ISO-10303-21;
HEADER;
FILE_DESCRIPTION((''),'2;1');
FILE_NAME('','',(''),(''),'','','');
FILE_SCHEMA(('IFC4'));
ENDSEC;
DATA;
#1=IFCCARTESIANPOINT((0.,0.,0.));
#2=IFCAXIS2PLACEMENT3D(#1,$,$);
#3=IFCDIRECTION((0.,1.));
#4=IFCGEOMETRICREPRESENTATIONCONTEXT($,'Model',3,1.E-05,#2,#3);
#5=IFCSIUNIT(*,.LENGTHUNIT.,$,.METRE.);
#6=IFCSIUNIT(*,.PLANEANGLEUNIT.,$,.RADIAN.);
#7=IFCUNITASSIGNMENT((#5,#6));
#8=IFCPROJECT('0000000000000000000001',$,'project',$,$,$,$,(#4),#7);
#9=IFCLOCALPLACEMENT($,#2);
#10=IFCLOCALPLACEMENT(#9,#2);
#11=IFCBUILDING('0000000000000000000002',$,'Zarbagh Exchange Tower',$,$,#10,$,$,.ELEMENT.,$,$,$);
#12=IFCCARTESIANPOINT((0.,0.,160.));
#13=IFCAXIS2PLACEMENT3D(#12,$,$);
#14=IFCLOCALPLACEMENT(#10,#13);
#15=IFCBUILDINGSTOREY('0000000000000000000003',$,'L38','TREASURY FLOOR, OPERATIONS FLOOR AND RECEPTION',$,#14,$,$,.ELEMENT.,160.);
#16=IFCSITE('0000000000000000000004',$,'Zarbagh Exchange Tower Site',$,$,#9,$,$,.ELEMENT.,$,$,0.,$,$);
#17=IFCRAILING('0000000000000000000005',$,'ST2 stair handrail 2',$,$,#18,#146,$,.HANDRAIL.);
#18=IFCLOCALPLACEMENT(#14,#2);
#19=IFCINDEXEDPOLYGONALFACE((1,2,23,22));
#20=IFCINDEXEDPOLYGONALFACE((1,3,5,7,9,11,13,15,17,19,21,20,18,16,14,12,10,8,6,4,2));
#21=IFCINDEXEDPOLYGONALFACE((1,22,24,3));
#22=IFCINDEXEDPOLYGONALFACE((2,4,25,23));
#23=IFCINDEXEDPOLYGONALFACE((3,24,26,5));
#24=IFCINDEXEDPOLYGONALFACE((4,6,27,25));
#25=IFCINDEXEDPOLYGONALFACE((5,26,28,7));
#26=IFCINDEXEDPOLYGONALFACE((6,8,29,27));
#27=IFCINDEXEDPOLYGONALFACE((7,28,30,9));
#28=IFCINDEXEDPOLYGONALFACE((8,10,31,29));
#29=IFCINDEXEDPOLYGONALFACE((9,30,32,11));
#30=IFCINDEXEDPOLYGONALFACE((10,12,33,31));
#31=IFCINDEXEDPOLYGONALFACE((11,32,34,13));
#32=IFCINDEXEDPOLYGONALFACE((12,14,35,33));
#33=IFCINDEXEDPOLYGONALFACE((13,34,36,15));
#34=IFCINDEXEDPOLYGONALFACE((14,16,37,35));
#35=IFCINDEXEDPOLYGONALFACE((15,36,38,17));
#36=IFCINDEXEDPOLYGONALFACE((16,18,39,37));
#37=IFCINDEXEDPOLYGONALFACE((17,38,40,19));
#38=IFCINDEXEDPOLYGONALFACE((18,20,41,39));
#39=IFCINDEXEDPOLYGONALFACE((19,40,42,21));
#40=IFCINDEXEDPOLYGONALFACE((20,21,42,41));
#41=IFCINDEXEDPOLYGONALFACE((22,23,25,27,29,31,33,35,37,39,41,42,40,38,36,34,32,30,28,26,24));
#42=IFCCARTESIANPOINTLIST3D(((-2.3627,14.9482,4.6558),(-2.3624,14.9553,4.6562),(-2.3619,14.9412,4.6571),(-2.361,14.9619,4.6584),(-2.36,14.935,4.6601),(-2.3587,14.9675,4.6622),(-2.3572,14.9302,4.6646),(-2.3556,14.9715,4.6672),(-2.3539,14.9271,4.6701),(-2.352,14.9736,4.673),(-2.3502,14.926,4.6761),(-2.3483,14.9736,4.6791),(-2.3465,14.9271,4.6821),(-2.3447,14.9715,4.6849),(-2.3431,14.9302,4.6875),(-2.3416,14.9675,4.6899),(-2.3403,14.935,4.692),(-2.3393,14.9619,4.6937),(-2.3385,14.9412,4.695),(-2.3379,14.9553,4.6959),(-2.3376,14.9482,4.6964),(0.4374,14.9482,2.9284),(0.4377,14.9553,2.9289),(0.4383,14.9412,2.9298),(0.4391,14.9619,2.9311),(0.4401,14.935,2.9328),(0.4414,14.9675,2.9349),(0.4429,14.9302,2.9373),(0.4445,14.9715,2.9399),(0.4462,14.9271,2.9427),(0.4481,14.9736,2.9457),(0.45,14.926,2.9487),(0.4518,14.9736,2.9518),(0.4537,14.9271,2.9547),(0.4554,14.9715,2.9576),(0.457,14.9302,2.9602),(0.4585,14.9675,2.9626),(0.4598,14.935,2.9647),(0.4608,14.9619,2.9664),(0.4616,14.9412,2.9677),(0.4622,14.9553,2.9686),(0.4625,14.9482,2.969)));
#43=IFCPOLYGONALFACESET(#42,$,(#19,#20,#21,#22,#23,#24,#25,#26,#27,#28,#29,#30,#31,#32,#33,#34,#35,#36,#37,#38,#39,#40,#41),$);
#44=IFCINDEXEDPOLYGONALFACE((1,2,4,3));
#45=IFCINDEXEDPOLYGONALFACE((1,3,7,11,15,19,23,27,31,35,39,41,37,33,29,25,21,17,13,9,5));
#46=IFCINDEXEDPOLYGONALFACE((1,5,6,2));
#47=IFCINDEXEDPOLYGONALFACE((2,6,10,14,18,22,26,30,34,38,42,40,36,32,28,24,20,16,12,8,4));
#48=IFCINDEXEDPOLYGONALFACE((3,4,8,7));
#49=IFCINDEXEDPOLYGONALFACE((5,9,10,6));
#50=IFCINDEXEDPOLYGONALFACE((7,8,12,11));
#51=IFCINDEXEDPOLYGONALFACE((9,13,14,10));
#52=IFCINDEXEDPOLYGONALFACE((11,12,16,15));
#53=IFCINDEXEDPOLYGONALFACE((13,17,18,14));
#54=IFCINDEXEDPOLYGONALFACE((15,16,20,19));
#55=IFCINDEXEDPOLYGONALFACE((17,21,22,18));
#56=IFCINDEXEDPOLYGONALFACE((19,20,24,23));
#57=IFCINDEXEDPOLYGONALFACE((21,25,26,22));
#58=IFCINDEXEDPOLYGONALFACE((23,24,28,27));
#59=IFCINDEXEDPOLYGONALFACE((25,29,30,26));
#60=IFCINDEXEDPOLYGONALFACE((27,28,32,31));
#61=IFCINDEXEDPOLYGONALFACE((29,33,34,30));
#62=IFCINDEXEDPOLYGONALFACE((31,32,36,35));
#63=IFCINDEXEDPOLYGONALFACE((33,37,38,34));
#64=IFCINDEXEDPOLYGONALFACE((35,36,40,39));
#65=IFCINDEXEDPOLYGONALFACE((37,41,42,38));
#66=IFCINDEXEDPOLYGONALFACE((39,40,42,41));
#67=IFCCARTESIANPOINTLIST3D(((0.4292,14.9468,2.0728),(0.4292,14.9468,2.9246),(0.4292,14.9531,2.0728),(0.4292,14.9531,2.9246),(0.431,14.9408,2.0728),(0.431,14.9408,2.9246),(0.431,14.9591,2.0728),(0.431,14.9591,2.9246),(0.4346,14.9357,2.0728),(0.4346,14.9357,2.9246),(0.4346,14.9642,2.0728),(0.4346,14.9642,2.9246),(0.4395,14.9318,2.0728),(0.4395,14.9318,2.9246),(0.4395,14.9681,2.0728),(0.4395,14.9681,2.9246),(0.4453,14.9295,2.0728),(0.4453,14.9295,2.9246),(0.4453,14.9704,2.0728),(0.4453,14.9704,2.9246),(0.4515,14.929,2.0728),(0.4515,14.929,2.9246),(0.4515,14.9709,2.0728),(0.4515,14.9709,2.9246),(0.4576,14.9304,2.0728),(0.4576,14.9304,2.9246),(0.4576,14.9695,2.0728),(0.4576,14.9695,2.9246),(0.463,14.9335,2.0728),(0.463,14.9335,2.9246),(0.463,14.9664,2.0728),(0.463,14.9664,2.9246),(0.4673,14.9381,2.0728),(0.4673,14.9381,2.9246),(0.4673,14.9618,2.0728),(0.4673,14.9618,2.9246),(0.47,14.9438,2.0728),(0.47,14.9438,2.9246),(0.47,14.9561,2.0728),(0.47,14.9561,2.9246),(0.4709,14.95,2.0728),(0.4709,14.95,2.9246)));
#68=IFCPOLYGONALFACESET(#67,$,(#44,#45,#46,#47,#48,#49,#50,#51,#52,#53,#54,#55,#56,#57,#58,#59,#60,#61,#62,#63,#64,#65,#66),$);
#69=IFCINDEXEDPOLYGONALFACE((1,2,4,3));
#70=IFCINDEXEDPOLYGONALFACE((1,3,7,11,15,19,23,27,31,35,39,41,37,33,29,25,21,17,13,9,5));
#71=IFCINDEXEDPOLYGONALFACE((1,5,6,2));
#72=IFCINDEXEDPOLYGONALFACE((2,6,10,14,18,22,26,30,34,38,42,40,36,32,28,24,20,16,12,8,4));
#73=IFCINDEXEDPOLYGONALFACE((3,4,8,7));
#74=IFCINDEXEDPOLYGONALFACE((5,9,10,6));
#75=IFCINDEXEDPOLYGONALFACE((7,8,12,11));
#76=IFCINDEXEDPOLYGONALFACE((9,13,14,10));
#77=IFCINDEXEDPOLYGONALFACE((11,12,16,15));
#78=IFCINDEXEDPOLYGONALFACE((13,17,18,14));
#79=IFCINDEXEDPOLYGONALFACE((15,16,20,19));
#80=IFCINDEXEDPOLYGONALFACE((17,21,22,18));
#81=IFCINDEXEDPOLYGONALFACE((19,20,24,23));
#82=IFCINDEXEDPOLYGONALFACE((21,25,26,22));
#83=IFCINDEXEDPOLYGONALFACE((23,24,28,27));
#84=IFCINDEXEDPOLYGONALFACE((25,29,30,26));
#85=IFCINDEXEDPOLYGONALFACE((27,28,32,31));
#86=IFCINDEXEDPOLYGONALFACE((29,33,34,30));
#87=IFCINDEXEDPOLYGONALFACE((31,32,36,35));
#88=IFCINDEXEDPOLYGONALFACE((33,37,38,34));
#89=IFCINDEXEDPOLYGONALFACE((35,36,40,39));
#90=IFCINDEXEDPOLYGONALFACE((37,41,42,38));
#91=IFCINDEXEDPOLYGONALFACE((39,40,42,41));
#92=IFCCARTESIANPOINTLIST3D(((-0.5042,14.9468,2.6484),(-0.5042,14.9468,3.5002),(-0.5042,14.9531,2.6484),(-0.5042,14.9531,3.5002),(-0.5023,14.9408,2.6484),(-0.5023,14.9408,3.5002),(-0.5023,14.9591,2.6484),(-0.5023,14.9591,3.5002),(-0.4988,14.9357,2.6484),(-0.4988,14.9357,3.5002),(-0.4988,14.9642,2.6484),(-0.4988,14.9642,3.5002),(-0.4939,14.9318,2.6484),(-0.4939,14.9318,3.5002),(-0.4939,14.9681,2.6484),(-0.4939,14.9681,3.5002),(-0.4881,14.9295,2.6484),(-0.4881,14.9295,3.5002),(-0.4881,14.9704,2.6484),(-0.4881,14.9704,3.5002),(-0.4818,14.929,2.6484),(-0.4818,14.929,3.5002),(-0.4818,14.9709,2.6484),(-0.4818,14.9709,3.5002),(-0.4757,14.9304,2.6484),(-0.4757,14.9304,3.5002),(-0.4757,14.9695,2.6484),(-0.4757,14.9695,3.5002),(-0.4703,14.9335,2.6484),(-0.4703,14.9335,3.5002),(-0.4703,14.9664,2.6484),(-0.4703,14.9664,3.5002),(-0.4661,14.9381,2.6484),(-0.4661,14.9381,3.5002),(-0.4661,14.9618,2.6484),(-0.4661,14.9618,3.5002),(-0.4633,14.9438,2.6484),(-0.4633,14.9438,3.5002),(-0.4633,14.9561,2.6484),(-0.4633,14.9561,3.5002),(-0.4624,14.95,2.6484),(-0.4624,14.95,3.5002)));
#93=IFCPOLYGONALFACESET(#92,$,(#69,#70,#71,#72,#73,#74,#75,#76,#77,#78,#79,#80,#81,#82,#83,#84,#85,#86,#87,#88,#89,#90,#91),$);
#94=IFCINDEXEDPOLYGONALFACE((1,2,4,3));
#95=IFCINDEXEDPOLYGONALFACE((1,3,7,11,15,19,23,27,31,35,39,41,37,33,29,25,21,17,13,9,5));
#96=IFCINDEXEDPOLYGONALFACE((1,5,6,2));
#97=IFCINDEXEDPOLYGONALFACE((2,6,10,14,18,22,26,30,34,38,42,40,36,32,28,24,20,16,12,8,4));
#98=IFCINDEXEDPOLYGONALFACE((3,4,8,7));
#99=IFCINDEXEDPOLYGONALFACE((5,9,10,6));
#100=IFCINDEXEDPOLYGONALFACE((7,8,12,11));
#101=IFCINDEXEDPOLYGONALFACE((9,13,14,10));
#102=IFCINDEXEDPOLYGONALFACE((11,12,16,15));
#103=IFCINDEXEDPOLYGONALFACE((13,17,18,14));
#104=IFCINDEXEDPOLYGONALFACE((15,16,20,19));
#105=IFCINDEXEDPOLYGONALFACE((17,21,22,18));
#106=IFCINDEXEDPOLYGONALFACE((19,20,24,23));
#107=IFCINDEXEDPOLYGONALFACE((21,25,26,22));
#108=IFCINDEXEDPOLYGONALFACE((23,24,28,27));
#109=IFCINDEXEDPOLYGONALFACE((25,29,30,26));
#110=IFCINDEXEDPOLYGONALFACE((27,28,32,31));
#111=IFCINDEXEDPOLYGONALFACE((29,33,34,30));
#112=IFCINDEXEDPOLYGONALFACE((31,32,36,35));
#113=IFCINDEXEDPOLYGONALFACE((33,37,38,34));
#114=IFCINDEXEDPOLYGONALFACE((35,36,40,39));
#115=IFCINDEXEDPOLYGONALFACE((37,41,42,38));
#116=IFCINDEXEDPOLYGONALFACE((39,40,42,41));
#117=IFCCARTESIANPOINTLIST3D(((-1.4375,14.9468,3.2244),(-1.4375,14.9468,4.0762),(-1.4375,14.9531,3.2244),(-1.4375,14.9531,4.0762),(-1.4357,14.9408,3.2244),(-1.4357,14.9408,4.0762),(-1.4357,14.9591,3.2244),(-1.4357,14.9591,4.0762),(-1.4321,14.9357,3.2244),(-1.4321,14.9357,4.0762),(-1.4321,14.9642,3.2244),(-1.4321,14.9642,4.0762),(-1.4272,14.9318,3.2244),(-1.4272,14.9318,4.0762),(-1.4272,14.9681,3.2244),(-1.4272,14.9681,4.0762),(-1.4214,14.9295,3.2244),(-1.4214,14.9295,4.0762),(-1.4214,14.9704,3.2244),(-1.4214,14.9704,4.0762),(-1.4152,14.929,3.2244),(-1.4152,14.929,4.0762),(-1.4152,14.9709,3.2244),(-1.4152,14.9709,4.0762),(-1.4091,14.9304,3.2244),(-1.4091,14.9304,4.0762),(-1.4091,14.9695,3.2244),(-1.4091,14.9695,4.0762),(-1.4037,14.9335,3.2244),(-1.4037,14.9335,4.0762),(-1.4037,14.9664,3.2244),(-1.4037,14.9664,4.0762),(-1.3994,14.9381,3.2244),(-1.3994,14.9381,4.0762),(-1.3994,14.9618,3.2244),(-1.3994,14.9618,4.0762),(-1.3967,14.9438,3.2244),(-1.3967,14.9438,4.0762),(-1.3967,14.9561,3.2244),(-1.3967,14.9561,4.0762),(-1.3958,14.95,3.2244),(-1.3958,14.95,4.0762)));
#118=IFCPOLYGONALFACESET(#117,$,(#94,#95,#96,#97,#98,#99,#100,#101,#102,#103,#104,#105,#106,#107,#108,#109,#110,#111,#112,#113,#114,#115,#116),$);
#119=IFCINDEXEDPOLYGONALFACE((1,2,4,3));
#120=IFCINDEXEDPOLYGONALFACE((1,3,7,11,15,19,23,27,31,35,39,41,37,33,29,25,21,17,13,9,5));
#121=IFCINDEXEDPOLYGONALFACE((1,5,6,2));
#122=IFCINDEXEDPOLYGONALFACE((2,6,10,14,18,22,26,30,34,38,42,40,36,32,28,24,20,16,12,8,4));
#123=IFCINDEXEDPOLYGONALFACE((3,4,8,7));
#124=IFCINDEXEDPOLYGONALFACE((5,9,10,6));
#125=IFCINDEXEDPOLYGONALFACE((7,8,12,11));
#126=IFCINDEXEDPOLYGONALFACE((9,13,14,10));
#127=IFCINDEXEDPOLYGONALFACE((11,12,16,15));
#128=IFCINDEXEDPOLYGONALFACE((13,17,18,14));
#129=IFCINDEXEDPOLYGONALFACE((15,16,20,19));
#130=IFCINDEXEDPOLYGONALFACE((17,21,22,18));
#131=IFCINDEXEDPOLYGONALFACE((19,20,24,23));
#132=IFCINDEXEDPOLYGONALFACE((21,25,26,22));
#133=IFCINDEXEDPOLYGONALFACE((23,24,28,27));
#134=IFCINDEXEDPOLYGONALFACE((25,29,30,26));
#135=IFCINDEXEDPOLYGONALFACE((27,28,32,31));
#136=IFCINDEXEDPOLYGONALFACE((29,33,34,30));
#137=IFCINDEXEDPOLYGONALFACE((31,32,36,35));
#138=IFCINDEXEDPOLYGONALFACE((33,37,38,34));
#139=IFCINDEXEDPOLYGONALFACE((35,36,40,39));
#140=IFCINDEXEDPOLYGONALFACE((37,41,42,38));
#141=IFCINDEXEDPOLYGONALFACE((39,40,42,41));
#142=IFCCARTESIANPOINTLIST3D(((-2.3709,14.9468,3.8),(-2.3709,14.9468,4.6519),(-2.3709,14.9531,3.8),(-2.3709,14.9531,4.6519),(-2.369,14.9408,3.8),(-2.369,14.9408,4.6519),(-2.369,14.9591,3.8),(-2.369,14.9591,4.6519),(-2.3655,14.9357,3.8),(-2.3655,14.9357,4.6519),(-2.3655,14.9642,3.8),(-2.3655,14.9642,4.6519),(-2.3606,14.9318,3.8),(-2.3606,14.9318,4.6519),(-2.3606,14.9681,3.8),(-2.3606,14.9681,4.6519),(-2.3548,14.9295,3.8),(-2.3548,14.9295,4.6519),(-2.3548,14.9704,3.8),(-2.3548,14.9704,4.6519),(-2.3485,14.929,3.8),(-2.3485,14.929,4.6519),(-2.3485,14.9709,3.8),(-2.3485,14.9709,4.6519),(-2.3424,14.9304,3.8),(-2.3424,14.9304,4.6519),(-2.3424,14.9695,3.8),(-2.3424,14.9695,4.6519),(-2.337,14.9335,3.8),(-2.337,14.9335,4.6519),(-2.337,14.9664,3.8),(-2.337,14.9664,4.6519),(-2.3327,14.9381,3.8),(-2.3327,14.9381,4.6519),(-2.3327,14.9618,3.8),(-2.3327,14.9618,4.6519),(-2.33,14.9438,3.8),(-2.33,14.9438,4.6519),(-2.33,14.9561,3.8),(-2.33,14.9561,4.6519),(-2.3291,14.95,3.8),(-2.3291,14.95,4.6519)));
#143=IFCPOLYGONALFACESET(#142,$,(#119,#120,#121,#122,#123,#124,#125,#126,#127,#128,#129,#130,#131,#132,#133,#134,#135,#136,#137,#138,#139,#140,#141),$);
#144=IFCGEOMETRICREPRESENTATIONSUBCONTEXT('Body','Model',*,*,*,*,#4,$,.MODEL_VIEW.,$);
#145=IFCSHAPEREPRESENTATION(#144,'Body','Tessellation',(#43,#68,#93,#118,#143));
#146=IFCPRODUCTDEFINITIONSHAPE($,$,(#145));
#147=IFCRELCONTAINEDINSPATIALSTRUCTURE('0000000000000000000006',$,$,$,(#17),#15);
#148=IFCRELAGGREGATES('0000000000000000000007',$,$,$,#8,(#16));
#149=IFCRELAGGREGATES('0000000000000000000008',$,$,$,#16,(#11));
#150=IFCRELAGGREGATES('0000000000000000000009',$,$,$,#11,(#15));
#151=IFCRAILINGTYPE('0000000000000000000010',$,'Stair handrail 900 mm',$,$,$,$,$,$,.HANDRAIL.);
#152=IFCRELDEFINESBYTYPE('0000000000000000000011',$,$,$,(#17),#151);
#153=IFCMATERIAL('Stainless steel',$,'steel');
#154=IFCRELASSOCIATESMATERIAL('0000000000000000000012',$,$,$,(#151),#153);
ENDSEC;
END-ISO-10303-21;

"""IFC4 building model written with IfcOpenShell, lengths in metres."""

from ifc_helpers import new_model, si_unit, direction, frame, origin, origin_2d, place, context, subcontext, project, spatial, circle, extrude, material, type_object, element, save


model = new_model("IFC4")

# Units and contexts
model_context = context("Model", 3, precision=1e-05, world=origin(), true_north=direction((0.0, 1.0)))
body_context = subcontext(model_context, "Body", "Model", "MODEL_VIEW")
ifc_project = project(units=[si_unit("LENGTHUNIT", "METRE"), si_unit("PLANEANGLEUNIT", "RADIAN")], contexts=[model_context])

# Site, building, storey
site_placement = place(None, origin())
site = spatial("IfcSite", under=ifc_project, at=site_placement, Name="Zarbagh Exchange Tower Site", CompositionType="ELEMENT", RefElevation=0.0)
building_placement = place(site_placement, origin())
building = spatial("IfcBuilding", under=site, at=building_placement, Name="Zarbagh Exchange Tower", CompositionType="ELEMENT")
storey_placement = place(building_placement, frame((0.0, 0.0, 160.0)))
storey = spatial("IfcBuildingStorey", under=building, at=storey_placement, Name="L38", Description="TREASURY FLOOR, OPERATIONS FLOOR AND RECEPTION", CompositionType="ELEMENT", Elevation=160.0)

# Railing
ifc_material_1 = material(Name="Stainless steel", Category="steel")
railing_type_1 = type_object("IfcRailingType", Name="Stair handrail 900 mm", PredefinedType="HANDRAIL", material=ifc_material_1)
railing_1_placement = place(storey_placement, frame((0.45, 14.95, 2.0728)))
element("IfcRailing", 1, at=railing_1_placement, inside=storey, type_object=railing_type_1, Name="ST2 stair handrail 2", PredefinedType="HANDRAIL", context=body_context, shape_type="SweptSolid", body=[
    extrude(circle(Radius=0.0239, at=origin_2d()), frame((0.0, 0.0, 0.876), z_axis=(-0.85109, 0.0, 0.52502), x_axis=(0.0, -1.0, 0.0)), (0.0, 0.0, 1.0), 3.29),
    extrude(circle(Radius=0.021, at=origin_2d()), origin(), (0.0, 0.0, 1.0), 0.8518),
    extrude(circle(Radius=0.021, at=origin_2d()), frame((-0.9333, 0.0, 0.5757)), (0.0, 0.0, 1.0), 0.8518),
    extrude(circle(Radius=0.021, at=origin_2d()), frame((-1.8667, 0.0, 1.1516)), (0.0, 0.0, 1.0), 0.8518),
    extrude(circle(Radius=0.021, at=origin_2d()), frame((-2.8, 0.0, 1.7273)), (0.0, 0.0, 1.0), 0.8518),
])

save(model, "model.ifc")
